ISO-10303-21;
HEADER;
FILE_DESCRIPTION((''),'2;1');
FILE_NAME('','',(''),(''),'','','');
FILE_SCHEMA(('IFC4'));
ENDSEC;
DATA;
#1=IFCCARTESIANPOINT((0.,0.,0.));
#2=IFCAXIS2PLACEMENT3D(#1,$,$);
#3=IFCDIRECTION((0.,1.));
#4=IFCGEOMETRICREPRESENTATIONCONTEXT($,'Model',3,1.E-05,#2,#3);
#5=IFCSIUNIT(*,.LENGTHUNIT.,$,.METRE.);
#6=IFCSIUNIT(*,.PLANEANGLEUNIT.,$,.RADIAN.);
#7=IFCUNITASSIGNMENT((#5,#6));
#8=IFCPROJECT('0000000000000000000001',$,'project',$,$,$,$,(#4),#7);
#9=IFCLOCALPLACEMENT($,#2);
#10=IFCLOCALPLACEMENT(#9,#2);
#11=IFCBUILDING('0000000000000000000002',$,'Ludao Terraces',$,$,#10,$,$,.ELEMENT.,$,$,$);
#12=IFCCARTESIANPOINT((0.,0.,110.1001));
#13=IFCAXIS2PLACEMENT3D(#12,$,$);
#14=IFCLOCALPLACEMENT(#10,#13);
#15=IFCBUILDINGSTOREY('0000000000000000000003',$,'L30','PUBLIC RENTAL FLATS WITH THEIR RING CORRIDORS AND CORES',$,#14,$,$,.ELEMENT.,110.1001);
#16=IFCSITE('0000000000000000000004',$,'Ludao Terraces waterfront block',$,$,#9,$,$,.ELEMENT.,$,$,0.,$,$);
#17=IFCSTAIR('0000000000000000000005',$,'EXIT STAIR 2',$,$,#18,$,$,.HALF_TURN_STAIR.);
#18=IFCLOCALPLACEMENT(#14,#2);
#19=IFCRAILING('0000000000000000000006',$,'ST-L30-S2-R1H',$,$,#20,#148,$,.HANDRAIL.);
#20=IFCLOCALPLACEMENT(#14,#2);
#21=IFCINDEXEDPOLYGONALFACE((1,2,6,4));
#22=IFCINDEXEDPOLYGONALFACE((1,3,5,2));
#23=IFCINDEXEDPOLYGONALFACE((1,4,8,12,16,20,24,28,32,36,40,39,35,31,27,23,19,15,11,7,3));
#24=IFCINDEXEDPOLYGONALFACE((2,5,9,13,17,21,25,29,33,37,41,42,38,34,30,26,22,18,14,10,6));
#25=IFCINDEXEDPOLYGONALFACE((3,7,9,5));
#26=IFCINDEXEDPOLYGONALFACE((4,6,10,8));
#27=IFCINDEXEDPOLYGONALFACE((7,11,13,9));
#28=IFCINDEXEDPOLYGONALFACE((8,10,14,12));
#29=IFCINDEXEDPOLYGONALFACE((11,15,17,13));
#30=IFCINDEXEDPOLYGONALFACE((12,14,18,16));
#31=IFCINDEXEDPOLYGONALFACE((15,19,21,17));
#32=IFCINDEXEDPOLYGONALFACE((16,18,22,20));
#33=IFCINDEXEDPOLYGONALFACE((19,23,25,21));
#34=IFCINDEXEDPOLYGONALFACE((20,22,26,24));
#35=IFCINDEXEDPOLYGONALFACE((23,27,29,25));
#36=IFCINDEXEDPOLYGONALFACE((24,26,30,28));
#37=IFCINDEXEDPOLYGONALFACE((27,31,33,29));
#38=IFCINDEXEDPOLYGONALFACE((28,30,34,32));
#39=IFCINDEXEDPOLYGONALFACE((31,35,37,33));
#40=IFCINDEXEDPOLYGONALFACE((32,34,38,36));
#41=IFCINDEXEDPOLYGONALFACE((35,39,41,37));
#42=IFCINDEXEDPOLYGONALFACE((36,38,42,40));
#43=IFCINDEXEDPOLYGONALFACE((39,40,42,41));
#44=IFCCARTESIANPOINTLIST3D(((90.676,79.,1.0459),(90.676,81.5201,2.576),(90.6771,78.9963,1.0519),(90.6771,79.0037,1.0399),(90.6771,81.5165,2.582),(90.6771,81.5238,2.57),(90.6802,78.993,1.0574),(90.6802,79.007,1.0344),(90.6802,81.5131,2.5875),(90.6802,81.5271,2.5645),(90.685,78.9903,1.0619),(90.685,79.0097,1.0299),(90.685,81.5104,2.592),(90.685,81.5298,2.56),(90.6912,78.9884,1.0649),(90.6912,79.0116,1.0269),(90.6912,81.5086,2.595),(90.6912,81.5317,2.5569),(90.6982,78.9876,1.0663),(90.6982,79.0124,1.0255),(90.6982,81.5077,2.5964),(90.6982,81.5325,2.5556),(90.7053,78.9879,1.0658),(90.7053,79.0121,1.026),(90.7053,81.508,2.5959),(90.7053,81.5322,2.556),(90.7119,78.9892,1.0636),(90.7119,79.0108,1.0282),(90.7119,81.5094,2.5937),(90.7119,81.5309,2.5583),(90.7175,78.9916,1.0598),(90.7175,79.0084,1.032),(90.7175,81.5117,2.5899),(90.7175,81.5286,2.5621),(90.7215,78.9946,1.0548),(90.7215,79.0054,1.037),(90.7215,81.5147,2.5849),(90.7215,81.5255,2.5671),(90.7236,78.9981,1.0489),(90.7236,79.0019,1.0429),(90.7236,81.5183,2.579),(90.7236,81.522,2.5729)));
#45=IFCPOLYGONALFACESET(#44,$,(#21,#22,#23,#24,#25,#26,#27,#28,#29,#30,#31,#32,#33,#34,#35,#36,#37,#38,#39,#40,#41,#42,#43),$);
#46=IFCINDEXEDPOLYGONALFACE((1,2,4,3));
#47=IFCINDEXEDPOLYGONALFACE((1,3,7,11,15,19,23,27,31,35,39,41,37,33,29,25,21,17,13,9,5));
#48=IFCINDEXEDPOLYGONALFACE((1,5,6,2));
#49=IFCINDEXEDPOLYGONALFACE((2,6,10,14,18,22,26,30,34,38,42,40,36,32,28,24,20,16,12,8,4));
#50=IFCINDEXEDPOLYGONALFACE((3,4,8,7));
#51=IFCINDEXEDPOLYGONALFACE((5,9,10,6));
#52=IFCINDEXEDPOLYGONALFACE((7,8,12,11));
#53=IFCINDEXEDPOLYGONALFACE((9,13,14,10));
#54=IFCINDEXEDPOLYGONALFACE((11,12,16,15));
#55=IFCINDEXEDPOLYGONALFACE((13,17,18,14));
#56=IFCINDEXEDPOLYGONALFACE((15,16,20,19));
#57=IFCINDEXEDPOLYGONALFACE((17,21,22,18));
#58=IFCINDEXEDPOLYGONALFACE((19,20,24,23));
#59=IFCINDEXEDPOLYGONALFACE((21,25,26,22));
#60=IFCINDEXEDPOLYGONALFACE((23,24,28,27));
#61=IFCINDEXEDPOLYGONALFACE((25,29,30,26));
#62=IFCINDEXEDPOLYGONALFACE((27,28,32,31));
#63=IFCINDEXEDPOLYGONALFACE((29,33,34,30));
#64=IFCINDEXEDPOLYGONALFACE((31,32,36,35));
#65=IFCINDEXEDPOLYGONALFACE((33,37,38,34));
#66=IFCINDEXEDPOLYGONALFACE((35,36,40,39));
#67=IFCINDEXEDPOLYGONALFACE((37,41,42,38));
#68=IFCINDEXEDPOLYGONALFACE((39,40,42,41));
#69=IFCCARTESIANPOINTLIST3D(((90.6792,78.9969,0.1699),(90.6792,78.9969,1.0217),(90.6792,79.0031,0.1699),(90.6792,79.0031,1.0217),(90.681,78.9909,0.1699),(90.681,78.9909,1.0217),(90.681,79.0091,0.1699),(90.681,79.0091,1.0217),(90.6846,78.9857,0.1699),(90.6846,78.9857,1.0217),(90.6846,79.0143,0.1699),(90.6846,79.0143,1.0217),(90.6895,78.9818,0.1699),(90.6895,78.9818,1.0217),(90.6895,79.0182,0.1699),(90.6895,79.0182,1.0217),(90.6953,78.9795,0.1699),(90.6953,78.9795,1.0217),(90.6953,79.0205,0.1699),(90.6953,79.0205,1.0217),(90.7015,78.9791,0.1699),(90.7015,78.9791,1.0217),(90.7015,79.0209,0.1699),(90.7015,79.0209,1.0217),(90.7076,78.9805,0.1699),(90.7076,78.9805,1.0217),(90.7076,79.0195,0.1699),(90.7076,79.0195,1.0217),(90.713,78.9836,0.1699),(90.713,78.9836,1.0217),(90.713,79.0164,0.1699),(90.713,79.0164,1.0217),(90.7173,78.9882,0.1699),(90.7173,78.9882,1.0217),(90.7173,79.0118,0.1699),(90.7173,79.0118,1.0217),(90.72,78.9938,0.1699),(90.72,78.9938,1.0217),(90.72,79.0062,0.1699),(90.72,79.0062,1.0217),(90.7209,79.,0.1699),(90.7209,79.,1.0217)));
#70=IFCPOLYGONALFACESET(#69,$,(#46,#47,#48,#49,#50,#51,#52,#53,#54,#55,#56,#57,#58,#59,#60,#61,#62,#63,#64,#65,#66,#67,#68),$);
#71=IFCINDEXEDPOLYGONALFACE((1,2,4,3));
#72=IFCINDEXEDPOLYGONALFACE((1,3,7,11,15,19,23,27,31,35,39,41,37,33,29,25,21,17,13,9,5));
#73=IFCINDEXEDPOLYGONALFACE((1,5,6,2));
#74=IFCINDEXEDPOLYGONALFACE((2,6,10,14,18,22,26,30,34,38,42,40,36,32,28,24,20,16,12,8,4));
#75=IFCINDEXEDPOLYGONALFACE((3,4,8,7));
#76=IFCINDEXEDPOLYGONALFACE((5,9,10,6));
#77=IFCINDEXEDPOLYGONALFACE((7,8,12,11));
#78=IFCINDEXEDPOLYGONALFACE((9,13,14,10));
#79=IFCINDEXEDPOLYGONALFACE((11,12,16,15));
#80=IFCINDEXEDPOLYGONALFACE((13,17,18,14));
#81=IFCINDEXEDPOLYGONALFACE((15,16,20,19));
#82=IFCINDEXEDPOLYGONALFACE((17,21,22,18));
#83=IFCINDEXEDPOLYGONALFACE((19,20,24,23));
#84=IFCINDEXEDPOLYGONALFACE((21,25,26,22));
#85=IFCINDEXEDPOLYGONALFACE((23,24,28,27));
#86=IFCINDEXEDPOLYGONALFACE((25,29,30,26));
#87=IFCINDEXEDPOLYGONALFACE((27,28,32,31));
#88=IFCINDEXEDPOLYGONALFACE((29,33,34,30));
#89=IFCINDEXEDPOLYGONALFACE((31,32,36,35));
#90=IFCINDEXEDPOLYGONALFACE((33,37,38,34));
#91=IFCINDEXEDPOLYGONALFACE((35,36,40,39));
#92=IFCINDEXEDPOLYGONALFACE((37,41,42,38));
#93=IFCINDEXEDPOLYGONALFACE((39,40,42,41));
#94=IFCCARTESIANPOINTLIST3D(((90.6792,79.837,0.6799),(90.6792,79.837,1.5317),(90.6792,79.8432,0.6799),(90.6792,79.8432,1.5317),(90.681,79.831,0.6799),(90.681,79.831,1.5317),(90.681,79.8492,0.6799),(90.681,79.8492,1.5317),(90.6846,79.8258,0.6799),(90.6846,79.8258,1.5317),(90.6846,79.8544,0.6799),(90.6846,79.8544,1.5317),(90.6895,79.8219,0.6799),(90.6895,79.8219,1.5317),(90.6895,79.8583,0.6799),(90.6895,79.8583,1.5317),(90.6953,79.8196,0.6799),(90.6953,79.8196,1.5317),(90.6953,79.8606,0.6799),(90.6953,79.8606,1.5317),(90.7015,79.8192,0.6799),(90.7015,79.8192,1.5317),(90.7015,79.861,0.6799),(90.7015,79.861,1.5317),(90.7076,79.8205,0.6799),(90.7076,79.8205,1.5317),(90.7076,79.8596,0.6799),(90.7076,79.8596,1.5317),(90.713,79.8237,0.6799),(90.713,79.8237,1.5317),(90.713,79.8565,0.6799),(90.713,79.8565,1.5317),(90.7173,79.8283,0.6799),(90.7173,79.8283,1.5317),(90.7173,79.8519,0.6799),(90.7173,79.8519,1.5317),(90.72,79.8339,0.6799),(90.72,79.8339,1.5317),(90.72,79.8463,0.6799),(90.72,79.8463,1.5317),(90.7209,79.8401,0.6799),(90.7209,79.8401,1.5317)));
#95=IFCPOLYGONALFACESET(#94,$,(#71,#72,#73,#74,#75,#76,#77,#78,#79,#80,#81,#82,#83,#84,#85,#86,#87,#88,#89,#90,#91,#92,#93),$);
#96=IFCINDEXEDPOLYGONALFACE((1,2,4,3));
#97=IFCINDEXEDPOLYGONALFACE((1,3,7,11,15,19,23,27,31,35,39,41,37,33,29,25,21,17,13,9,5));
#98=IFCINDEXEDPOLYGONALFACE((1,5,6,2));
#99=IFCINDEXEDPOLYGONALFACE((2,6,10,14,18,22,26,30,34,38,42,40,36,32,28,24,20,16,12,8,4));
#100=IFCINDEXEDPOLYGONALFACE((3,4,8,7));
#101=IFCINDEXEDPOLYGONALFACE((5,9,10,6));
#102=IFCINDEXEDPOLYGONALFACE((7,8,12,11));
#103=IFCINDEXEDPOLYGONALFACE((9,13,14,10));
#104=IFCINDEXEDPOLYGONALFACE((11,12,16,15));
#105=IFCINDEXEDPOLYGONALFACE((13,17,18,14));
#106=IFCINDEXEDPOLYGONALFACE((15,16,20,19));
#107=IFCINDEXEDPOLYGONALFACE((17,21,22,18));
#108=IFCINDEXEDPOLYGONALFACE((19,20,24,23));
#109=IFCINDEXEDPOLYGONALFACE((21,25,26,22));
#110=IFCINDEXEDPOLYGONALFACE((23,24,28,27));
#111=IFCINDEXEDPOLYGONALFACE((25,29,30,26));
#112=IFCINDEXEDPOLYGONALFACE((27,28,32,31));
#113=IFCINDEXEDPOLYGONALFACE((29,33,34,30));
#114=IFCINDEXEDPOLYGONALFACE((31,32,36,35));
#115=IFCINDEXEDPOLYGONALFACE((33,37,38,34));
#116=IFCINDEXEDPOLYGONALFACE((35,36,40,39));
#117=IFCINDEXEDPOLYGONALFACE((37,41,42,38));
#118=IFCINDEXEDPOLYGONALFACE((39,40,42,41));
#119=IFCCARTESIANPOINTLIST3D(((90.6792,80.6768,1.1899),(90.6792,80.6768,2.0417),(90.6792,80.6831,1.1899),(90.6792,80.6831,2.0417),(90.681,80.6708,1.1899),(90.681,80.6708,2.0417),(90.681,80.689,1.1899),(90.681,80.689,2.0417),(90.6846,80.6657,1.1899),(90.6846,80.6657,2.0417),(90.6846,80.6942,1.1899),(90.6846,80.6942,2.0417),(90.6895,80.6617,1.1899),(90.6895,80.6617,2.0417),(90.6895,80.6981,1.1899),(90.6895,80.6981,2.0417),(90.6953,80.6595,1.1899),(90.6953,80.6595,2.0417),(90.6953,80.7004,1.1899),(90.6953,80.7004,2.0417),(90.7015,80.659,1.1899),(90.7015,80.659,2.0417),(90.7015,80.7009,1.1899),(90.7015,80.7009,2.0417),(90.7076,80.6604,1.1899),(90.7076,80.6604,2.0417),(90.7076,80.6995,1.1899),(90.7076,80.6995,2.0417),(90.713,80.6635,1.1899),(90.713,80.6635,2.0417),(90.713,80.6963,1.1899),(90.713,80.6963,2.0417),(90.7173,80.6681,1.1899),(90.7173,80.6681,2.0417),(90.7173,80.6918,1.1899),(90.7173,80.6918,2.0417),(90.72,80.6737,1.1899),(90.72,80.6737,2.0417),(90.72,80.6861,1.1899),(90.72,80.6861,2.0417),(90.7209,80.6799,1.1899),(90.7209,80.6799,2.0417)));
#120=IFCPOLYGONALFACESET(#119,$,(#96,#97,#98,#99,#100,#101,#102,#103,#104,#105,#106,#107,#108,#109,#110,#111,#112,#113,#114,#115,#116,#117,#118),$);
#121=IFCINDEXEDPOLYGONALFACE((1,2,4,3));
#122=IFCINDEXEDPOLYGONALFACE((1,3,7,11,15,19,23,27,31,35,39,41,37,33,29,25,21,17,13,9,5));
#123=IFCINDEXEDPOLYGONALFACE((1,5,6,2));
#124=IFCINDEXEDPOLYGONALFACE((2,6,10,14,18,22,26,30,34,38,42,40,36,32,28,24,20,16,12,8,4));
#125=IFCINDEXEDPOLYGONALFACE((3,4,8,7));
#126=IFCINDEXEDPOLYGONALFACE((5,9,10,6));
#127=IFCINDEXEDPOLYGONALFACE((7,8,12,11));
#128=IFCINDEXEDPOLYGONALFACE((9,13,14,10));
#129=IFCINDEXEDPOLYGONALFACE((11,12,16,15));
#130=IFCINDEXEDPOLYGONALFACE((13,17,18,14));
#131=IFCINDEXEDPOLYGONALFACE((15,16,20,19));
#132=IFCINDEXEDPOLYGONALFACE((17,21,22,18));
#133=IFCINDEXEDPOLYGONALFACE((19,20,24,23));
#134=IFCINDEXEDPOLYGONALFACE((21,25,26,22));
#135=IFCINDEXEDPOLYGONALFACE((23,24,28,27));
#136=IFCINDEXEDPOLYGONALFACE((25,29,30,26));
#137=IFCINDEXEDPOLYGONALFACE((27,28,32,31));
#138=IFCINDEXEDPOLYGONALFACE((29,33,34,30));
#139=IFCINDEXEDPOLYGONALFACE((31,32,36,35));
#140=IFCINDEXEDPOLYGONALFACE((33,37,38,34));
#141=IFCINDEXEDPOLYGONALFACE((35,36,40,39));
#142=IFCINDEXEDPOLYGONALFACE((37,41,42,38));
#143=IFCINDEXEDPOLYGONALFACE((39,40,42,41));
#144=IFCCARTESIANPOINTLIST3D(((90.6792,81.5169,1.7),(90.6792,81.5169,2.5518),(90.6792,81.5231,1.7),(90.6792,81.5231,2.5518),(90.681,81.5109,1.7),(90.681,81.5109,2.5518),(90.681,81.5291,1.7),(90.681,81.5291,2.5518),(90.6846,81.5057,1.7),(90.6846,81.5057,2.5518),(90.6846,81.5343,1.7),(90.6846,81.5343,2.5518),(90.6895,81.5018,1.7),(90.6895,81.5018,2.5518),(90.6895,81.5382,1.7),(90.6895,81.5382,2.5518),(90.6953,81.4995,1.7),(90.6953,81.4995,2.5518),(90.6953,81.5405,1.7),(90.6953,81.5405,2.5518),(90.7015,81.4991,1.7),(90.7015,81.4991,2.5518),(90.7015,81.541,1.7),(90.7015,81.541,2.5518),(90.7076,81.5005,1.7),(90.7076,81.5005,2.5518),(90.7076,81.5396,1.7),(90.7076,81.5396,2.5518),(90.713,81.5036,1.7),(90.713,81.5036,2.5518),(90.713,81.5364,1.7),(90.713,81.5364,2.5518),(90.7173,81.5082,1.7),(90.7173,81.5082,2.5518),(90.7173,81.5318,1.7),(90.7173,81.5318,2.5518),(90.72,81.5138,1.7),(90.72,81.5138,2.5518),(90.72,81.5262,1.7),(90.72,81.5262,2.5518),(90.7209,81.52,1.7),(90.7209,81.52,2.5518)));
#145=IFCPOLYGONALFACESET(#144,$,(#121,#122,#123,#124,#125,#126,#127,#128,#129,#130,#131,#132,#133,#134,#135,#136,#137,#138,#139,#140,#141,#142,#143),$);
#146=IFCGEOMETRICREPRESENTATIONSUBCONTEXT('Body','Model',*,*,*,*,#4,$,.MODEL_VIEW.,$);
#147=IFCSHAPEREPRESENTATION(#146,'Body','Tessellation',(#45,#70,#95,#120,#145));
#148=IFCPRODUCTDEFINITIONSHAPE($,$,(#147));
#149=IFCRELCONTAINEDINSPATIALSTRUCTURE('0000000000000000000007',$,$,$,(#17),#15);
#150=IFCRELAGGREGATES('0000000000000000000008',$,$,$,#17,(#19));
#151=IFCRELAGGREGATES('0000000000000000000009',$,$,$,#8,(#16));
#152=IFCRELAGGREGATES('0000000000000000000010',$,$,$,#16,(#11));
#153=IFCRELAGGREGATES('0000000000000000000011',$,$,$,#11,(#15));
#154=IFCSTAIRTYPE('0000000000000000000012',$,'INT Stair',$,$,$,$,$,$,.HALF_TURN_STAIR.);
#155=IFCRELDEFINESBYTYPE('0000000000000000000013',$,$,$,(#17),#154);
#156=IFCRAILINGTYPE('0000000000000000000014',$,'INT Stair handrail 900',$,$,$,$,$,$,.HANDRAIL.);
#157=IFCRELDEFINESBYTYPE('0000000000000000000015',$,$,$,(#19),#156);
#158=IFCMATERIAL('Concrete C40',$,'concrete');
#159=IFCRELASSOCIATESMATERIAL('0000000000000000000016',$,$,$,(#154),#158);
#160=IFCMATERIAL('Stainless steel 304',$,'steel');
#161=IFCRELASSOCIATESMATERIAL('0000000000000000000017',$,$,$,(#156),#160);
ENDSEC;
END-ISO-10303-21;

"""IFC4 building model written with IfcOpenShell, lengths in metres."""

from ifc_helpers import new_model, si_unit, direction, frame, origin, origin_2d, place, context, subcontext, project, spatial, circle, extrude, material, type_object, element, aggregate, save


model = new_model("IFC4")

# Units and contexts
model_context = context("Model", 3, precision=1e-05, world=origin(), true_north=direction((0.0, 1.0)))
body_context = subcontext(model_context, "Body", "Model", "MODEL_VIEW")
ifc_project = project(units=[si_unit("LENGTHUNIT", "METRE"), si_unit("PLANEANGLEUNIT", "RADIAN")], contexts=[model_context])

# Site, building, storey
site_placement = place(None, origin())
site = spatial("IfcSite", under=ifc_project, at=site_placement, Name="Ludao Terraces waterfront block", CompositionType="ELEMENT", RefElevation=0.0)
building_placement = place(site_placement, origin())
building = spatial("IfcBuilding", under=site, at=building_placement, Name="Ludao Terraces", CompositionType="ELEMENT")
storey_placement = place(building_placement, frame((0.0, 0.0, 110.1001)))
storey = spatial("IfcBuildingStorey", under=building, at=storey_placement, Name="L30", Description="PUBLIC RENTAL FLATS WITH THEIR RING CORRIDORS AND CORES", CompositionType="ELEMENT", Elevation=110.1001)

# Shared definitions
ifc_material_1 = material(Name="Concrete C40", Category="concrete")

# Stair, railing
stair_type = type_object("IfcStairType", Name="INT Stair", PredefinedType="HALF_TURN_STAIR", material=ifc_material_1)
stair_placement = place(storey_placement, origin())
stair = element("IfcStair", 1, at=stair_placement, inside=storey, type_object=stair_type, Name="EXIT STAIR 2", PredefinedType="HALF_TURN_STAIR")
ifc_material_2 = material(Name="Stainless steel 304", Category="steel")
railing_type_1 = type_object("IfcRailingType", Name="INT Stair handrail 900", PredefinedType="HANDRAIL", material=ifc_material_2)
railing_1_placement = place(storey_placement, frame((90.7, 79.0, 0.1699)))
railing_1 = element("IfcRailing", 2, at=railing_1_placement, type_object=railing_type_1, Name="ST-L30-S2-R1H", PredefinedType="HANDRAIL", context=body_context, shape_type="SweptSolid", body=[
    extrude(circle(Radius=0.0239, at=origin_2d()), frame((0.0, 0.0, 0.876), z_axis=(0.0, 0.854785, 0.518982), x_axis=(-1.0, 0.0, 0.0)), (0.0, 0.0, 1.0), 2.9482),
    extrude(circle(Radius=0.021, at=origin_2d()), origin(), (0.0, 0.0, 1.0), 0.8518),
    extrude(circle(Radius=0.021, at=origin_2d()), frame((0.0, 0.8401, 0.51)), (0.0, 0.0, 1.0), 0.8518),
    extrude(circle(Radius=0.021, at=origin_2d()), frame((0.0, 1.6799, 1.02)), (0.0, 0.0, 1.0), 0.8518),
    extrude(circle(Radius=0.021, at=origin_2d()), frame((0.0, 2.52, 1.53)), (0.0, 0.0, 1.0), 0.8518),
])
aggregate(stair, [railing_1])

save(model, "model.ifc")
